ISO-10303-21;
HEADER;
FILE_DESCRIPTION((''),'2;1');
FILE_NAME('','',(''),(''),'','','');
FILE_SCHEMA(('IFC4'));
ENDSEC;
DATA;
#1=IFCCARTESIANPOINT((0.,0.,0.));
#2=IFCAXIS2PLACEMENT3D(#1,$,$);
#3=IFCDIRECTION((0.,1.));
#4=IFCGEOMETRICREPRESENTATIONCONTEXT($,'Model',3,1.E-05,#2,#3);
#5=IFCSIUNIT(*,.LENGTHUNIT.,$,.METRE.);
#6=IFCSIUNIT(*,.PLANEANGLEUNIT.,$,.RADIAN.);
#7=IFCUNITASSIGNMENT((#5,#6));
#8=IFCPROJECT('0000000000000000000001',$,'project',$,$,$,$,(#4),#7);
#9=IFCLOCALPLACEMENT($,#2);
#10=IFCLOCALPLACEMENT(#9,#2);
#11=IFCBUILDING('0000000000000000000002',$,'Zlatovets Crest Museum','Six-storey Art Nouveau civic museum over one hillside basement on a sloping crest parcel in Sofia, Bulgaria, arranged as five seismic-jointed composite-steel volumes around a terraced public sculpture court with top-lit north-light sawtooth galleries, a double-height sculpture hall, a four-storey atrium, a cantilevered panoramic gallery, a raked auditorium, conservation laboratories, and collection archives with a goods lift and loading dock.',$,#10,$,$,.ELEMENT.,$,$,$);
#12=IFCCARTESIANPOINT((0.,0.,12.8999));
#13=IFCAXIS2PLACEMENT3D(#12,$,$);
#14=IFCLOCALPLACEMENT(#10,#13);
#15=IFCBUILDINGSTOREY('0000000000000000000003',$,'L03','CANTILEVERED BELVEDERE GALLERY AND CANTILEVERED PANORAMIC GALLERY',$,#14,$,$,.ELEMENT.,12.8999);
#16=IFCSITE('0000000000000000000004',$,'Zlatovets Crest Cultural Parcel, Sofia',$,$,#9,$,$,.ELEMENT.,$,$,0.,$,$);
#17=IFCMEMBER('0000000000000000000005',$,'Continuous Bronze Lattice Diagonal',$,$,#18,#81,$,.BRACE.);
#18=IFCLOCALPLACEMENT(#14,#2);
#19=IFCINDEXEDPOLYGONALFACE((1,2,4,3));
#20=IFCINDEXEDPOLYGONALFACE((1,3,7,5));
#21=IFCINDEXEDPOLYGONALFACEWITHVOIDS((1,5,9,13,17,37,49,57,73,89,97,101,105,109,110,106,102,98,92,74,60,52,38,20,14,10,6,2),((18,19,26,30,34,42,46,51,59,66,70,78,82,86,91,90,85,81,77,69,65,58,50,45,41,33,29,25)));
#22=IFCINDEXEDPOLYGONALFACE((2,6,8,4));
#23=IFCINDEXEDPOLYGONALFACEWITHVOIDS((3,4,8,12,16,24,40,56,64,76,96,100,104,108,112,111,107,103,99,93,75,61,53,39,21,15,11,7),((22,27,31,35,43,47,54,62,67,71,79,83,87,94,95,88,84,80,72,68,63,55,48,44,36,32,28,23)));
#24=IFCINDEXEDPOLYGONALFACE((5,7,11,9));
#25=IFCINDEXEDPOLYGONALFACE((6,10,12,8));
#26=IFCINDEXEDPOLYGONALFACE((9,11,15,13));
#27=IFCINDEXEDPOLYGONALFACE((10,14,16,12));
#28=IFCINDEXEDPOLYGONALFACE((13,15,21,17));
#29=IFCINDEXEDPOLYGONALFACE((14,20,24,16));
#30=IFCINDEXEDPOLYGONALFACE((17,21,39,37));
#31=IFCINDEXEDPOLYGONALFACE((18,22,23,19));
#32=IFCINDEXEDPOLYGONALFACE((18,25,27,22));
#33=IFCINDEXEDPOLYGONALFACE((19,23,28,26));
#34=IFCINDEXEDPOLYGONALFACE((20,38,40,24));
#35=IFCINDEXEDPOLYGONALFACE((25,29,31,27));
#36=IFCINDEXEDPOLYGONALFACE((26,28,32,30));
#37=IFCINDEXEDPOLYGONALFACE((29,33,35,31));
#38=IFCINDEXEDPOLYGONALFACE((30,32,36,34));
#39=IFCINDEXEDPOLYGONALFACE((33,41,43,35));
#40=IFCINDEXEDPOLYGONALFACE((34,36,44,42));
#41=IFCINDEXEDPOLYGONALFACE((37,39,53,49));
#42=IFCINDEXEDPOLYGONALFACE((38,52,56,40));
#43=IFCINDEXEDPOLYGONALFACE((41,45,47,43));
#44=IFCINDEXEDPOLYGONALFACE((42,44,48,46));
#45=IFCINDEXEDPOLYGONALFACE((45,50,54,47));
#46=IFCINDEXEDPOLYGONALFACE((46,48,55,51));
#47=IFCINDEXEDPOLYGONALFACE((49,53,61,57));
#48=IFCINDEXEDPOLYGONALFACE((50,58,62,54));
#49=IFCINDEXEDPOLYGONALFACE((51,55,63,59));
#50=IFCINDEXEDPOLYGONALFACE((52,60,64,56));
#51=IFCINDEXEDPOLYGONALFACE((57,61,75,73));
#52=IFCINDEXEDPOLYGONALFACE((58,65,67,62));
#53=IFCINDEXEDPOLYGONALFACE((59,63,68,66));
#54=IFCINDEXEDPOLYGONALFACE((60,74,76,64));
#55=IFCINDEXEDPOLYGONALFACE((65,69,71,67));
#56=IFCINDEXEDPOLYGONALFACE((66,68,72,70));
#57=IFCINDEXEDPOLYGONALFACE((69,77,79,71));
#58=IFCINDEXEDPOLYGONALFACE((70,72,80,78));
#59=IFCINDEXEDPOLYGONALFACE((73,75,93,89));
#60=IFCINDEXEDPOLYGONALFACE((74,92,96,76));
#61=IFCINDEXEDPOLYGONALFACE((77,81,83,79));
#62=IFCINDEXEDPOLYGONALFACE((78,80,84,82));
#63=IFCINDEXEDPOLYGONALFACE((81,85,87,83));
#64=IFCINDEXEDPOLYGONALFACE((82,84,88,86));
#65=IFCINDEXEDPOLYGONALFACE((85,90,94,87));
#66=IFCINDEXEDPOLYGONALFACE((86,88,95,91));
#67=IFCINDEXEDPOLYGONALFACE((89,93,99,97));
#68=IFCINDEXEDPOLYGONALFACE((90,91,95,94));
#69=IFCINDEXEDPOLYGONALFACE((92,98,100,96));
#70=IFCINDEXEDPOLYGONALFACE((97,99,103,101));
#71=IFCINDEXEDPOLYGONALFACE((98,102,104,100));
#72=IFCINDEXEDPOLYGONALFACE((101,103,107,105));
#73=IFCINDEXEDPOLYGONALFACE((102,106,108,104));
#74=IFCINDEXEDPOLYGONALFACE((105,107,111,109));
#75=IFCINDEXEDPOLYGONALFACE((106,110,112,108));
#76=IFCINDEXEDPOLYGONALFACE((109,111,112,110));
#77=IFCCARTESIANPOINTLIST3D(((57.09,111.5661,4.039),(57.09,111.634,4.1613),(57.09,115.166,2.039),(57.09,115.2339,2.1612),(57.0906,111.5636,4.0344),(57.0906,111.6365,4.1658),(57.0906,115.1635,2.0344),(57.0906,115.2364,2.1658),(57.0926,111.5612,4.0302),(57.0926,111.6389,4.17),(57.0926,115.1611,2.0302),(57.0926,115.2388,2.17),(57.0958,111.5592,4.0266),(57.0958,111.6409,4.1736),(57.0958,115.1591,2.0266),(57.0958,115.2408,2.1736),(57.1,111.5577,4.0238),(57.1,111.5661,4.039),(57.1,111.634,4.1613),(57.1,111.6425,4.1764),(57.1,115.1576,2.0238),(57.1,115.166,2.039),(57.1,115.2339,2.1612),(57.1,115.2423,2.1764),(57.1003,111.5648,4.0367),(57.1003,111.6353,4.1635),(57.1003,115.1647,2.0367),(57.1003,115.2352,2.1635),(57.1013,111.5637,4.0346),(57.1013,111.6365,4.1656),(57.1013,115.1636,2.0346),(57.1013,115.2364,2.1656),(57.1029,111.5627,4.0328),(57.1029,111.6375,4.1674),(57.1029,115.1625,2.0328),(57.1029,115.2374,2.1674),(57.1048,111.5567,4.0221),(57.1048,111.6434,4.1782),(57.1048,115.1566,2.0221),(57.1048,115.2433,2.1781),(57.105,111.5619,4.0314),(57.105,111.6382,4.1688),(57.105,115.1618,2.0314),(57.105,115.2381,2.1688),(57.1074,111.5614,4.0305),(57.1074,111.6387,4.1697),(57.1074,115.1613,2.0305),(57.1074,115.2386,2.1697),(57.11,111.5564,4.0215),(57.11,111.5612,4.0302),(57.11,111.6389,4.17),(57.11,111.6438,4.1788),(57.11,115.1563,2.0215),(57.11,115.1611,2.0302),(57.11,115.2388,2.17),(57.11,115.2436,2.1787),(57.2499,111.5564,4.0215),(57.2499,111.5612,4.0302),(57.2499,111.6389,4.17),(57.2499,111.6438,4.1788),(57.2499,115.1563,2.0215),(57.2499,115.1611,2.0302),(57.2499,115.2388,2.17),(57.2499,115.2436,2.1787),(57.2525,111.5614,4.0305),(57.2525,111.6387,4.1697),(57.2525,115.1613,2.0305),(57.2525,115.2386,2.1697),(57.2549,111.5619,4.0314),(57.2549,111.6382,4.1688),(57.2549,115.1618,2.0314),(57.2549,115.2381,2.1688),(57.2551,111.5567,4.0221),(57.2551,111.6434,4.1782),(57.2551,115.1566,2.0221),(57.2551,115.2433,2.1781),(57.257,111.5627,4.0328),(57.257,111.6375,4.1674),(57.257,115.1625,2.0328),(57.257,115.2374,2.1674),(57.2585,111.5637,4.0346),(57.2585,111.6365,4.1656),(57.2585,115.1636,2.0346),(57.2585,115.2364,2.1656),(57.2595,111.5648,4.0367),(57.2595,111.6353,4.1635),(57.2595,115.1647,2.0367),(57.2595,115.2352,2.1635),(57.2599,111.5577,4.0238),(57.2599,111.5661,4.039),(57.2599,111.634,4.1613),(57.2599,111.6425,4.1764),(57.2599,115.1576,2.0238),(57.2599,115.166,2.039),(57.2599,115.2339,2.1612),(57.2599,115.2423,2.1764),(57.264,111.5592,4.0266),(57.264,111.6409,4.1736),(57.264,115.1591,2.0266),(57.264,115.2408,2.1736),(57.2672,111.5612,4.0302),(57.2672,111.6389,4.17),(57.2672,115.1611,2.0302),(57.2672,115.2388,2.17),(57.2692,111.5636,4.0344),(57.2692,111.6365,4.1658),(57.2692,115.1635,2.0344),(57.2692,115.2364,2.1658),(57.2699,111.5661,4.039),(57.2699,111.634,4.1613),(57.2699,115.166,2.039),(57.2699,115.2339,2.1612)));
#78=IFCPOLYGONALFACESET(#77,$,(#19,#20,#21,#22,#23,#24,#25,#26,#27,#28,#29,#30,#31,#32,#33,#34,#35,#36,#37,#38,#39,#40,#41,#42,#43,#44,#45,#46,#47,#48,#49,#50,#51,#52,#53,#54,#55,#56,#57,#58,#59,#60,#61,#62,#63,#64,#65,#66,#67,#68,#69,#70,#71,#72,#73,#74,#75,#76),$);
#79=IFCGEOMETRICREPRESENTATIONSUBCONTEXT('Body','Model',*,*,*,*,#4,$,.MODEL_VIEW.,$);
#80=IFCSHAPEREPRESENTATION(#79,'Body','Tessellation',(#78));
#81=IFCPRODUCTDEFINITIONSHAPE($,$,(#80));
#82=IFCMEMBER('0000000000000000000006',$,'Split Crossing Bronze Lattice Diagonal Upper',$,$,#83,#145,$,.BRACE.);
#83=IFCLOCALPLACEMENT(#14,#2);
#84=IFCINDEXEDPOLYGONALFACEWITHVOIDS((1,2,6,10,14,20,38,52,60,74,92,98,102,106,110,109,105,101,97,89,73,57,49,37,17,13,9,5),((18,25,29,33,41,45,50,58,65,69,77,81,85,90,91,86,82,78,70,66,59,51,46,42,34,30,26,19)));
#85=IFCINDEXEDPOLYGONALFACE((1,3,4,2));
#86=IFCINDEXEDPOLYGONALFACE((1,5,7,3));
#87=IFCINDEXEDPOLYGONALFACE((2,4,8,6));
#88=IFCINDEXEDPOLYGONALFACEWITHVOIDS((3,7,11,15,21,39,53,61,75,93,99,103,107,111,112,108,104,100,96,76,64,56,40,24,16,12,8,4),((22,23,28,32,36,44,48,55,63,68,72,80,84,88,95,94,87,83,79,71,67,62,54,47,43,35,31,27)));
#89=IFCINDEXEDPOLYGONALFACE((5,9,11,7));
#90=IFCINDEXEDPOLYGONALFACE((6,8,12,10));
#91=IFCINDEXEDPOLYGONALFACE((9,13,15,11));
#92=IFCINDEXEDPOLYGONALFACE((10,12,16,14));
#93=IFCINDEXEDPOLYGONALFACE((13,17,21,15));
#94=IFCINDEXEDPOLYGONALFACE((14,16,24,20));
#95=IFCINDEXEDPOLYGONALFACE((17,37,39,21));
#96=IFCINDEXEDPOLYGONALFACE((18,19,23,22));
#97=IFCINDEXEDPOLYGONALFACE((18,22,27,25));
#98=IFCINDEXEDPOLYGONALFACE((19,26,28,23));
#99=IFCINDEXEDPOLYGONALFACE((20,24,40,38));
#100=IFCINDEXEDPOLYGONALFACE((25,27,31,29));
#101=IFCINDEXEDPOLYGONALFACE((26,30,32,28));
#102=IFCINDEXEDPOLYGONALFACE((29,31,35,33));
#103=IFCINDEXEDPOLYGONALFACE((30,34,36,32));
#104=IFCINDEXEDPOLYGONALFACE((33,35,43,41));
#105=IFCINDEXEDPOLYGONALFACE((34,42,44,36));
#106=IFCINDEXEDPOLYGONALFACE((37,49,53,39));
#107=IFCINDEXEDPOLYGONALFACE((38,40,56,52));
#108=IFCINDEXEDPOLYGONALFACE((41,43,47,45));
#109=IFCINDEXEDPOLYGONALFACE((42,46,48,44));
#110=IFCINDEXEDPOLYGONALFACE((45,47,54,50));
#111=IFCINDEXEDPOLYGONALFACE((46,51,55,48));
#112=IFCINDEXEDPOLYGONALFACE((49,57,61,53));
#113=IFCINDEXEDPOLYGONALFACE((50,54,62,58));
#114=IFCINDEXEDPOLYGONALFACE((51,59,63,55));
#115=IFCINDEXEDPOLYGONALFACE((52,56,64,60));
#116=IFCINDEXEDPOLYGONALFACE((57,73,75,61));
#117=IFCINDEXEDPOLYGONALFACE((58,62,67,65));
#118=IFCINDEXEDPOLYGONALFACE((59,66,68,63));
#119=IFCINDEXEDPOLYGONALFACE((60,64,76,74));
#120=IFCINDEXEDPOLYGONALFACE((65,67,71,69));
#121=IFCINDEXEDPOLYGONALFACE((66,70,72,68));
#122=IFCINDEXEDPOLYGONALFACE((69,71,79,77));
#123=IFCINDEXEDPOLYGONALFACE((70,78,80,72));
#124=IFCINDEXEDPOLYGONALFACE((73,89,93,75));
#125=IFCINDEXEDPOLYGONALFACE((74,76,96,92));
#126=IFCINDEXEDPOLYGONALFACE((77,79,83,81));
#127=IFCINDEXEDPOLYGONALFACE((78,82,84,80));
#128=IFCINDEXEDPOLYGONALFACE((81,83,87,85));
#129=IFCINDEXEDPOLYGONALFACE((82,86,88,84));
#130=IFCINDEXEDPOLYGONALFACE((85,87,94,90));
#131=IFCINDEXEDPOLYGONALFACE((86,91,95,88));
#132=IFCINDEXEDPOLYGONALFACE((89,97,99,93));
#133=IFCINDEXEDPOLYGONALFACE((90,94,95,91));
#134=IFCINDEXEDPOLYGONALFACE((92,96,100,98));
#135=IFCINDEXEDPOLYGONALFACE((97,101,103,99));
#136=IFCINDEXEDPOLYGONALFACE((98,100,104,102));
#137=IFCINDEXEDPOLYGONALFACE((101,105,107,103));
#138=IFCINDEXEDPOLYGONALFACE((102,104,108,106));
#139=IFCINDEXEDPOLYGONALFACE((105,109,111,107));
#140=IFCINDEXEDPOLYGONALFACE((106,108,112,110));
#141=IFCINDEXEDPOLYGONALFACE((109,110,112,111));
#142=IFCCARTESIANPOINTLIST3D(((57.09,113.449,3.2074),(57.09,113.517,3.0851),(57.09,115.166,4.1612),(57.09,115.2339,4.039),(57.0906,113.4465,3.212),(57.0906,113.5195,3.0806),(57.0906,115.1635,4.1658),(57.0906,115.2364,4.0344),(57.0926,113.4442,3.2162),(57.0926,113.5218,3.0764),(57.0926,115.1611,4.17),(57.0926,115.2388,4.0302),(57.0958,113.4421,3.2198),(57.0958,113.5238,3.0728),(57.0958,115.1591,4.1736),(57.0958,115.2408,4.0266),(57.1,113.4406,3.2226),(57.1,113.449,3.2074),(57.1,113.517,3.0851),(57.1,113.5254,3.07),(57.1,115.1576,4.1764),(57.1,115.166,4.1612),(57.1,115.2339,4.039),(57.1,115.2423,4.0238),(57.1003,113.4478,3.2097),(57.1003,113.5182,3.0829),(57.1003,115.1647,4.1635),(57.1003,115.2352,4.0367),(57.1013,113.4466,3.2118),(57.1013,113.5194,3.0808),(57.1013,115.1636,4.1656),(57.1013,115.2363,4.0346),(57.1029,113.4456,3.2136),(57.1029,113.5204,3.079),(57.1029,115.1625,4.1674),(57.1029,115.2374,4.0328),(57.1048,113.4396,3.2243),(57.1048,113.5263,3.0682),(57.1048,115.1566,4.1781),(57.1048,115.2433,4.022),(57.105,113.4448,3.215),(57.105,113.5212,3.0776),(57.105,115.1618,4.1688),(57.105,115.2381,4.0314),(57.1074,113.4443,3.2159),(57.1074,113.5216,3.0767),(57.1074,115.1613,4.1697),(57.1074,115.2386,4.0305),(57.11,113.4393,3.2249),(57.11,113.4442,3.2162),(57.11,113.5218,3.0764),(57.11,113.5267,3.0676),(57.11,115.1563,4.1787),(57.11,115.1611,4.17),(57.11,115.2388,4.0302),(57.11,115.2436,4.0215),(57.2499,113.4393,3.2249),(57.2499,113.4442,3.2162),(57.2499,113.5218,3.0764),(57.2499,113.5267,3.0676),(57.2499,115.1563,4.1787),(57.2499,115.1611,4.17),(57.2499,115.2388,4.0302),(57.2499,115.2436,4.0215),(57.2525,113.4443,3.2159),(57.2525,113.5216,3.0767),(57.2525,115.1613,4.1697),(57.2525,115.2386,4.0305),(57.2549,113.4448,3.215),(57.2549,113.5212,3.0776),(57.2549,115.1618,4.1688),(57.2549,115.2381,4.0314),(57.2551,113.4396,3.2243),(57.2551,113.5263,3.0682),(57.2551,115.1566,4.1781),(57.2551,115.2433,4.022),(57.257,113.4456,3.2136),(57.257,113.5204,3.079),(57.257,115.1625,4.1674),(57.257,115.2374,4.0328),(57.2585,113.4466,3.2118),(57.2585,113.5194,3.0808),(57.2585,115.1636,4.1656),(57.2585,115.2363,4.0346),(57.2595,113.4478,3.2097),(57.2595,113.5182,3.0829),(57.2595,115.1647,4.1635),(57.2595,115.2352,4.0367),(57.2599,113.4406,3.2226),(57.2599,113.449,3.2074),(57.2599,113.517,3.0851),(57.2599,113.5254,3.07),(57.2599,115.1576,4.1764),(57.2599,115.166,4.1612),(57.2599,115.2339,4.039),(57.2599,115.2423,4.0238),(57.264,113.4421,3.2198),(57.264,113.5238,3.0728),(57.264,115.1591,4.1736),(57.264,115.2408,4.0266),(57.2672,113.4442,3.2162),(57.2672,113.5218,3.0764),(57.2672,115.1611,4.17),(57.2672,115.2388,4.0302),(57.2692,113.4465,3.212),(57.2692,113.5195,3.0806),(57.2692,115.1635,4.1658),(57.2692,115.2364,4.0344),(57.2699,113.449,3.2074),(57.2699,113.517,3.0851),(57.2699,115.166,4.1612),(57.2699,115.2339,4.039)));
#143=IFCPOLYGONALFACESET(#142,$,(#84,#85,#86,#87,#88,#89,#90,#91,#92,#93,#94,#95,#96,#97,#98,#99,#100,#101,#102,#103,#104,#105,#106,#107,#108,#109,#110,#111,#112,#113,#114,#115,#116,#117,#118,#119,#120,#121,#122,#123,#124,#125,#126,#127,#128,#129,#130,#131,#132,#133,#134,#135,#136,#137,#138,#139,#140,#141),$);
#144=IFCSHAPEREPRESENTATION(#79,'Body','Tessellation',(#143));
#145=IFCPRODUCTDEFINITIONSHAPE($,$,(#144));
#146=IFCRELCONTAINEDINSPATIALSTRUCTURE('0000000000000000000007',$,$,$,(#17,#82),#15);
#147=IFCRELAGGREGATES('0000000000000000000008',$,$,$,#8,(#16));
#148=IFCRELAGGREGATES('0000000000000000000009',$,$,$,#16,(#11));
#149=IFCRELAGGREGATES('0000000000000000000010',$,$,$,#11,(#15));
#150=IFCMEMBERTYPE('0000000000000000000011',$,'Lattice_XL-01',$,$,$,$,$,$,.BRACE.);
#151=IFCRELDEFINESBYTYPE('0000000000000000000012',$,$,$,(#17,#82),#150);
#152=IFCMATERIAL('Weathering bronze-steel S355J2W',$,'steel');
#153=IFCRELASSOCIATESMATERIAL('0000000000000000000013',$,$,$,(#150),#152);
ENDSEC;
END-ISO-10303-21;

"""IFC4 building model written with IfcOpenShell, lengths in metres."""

from ifc_helpers import new_model, si_unit, direction, frame, origin, origin_2d, place, context, subcontext, project, spatial, hollow_rectangle, extrude, material, material_profile, profile_set, type_object, element, save


model = new_model("IFC4")

# Units and contexts
model_context = context("Model", 3, precision=1e-05, world=origin(), true_north=direction((0.0, 1.0)))
body_context = subcontext(model_context, "Body", "Model", "MODEL_VIEW")
ifc_project = project(units=[si_unit("LENGTHUNIT", "METRE"), si_unit("PLANEANGLEUNIT", "RADIAN")], contexts=[model_context])

# Site, building, storey
site_placement = place(None, origin())
site = spatial("IfcSite", under=ifc_project, at=site_placement, Name="Zlatovets Crest Cultural Parcel, Sofia", CompositionType="ELEMENT", RefElevation=0.0)
building_placement = place(site_placement, origin())
building = spatial("IfcBuilding", under=site, at=building_placement, Name="Zlatovets Crest Museum", Description="Six-storey Art Nouveau civic museum over one hillside basement on a sloping crest parcel in Sofia, Bulgaria, arranged as five seismic-jointed composite-steel volumes around a terraced public sculpture court with top-lit north-light sawtooth galleries, a double-height sculpture hall, a four-storey atrium, a cantilevered panoramic gallery, a raked auditorium, conservation laboratories, and collection archives with a goods lift and loading dock.", CompositionType="ELEMENT")
storey_placement = place(building_placement, frame((0.0, 0.0, 12.8999)))
storey = spatial("IfcBuildingStorey", under=building, at=storey_placement, Name="L03", Description="CANTILEVERED BELVEDERE GALLERY AND CANTILEVERED PANORAMIC GALLERY", CompositionType="ELEMENT", Elevation=12.8999)

# Members
ifc_material_1 = material(Name="Weathering bronze-steel S355J2W", Category="steel")
ifc_material_profile_1 = material_profile(ifc_material_1, hollow_rectangle(XDim=0.1799, YDim=0.1799, WallThickness=0.01, InnerFilletRadius=0.01, OuterFilletRadius=0.02, at=origin_2d()), Name="SHS 180x180x10.0")
ifc_profile_set_1 = profile_set([ifc_material_profile_1], Name="Weathering bronze-steel S355J2W")
member_type_1 = type_object("IfcMemberType", Name="Lattice_XL-01", PredefinedType="BRACE", material=ifc_profile_set_1)
member_1_placement = place(storey_placement, frame((57.1799, 115.2, 2.1001), z_axis=(0.0, -0.874149, 0.485658), x_axis=(1.0, 0.0, 0.0)))
element("IfcMember", 1, at=member_1_placement, inside=storey, type_object=member_type_1, Name="Continuous Bronze Lattice Diagonal", PredefinedType="BRACE", context=body_context, shape_type="SweptSolid", body=[
    extrude(hollow_rectangle(XDim=0.1799, YDim=0.1799, WallThickness=0.01, InnerFilletRadius=0.01, OuterFilletRadius=0.02, at=origin_2d()), origin(), (0.0, 0.0, 1.0), 4.1182),
])
member_2_placement = place(storey_placement, frame((57.1799, 115.2, 4.1001), z_axis=(0.0, -0.874169, -0.485622), x_axis=(1.0, 0.0, 0.0)))
element("IfcMember", 2, at=member_2_placement, inside=storey, type_object=member_type_1, Name="Split Crossing Bronze Lattice Diagonal Upper", PredefinedType="BRACE", context=body_context, shape_type="SweptSolid", body=[
    extrude(hollow_rectangle(XDim=0.1799, YDim=0.1799, WallThickness=0.01, InnerFilletRadius=0.01, OuterFilletRadius=0.02, at=origin_2d()), origin(), (0.0, 0.0, 1.0), 1.9641),
])

save(model, "model.ifc")
